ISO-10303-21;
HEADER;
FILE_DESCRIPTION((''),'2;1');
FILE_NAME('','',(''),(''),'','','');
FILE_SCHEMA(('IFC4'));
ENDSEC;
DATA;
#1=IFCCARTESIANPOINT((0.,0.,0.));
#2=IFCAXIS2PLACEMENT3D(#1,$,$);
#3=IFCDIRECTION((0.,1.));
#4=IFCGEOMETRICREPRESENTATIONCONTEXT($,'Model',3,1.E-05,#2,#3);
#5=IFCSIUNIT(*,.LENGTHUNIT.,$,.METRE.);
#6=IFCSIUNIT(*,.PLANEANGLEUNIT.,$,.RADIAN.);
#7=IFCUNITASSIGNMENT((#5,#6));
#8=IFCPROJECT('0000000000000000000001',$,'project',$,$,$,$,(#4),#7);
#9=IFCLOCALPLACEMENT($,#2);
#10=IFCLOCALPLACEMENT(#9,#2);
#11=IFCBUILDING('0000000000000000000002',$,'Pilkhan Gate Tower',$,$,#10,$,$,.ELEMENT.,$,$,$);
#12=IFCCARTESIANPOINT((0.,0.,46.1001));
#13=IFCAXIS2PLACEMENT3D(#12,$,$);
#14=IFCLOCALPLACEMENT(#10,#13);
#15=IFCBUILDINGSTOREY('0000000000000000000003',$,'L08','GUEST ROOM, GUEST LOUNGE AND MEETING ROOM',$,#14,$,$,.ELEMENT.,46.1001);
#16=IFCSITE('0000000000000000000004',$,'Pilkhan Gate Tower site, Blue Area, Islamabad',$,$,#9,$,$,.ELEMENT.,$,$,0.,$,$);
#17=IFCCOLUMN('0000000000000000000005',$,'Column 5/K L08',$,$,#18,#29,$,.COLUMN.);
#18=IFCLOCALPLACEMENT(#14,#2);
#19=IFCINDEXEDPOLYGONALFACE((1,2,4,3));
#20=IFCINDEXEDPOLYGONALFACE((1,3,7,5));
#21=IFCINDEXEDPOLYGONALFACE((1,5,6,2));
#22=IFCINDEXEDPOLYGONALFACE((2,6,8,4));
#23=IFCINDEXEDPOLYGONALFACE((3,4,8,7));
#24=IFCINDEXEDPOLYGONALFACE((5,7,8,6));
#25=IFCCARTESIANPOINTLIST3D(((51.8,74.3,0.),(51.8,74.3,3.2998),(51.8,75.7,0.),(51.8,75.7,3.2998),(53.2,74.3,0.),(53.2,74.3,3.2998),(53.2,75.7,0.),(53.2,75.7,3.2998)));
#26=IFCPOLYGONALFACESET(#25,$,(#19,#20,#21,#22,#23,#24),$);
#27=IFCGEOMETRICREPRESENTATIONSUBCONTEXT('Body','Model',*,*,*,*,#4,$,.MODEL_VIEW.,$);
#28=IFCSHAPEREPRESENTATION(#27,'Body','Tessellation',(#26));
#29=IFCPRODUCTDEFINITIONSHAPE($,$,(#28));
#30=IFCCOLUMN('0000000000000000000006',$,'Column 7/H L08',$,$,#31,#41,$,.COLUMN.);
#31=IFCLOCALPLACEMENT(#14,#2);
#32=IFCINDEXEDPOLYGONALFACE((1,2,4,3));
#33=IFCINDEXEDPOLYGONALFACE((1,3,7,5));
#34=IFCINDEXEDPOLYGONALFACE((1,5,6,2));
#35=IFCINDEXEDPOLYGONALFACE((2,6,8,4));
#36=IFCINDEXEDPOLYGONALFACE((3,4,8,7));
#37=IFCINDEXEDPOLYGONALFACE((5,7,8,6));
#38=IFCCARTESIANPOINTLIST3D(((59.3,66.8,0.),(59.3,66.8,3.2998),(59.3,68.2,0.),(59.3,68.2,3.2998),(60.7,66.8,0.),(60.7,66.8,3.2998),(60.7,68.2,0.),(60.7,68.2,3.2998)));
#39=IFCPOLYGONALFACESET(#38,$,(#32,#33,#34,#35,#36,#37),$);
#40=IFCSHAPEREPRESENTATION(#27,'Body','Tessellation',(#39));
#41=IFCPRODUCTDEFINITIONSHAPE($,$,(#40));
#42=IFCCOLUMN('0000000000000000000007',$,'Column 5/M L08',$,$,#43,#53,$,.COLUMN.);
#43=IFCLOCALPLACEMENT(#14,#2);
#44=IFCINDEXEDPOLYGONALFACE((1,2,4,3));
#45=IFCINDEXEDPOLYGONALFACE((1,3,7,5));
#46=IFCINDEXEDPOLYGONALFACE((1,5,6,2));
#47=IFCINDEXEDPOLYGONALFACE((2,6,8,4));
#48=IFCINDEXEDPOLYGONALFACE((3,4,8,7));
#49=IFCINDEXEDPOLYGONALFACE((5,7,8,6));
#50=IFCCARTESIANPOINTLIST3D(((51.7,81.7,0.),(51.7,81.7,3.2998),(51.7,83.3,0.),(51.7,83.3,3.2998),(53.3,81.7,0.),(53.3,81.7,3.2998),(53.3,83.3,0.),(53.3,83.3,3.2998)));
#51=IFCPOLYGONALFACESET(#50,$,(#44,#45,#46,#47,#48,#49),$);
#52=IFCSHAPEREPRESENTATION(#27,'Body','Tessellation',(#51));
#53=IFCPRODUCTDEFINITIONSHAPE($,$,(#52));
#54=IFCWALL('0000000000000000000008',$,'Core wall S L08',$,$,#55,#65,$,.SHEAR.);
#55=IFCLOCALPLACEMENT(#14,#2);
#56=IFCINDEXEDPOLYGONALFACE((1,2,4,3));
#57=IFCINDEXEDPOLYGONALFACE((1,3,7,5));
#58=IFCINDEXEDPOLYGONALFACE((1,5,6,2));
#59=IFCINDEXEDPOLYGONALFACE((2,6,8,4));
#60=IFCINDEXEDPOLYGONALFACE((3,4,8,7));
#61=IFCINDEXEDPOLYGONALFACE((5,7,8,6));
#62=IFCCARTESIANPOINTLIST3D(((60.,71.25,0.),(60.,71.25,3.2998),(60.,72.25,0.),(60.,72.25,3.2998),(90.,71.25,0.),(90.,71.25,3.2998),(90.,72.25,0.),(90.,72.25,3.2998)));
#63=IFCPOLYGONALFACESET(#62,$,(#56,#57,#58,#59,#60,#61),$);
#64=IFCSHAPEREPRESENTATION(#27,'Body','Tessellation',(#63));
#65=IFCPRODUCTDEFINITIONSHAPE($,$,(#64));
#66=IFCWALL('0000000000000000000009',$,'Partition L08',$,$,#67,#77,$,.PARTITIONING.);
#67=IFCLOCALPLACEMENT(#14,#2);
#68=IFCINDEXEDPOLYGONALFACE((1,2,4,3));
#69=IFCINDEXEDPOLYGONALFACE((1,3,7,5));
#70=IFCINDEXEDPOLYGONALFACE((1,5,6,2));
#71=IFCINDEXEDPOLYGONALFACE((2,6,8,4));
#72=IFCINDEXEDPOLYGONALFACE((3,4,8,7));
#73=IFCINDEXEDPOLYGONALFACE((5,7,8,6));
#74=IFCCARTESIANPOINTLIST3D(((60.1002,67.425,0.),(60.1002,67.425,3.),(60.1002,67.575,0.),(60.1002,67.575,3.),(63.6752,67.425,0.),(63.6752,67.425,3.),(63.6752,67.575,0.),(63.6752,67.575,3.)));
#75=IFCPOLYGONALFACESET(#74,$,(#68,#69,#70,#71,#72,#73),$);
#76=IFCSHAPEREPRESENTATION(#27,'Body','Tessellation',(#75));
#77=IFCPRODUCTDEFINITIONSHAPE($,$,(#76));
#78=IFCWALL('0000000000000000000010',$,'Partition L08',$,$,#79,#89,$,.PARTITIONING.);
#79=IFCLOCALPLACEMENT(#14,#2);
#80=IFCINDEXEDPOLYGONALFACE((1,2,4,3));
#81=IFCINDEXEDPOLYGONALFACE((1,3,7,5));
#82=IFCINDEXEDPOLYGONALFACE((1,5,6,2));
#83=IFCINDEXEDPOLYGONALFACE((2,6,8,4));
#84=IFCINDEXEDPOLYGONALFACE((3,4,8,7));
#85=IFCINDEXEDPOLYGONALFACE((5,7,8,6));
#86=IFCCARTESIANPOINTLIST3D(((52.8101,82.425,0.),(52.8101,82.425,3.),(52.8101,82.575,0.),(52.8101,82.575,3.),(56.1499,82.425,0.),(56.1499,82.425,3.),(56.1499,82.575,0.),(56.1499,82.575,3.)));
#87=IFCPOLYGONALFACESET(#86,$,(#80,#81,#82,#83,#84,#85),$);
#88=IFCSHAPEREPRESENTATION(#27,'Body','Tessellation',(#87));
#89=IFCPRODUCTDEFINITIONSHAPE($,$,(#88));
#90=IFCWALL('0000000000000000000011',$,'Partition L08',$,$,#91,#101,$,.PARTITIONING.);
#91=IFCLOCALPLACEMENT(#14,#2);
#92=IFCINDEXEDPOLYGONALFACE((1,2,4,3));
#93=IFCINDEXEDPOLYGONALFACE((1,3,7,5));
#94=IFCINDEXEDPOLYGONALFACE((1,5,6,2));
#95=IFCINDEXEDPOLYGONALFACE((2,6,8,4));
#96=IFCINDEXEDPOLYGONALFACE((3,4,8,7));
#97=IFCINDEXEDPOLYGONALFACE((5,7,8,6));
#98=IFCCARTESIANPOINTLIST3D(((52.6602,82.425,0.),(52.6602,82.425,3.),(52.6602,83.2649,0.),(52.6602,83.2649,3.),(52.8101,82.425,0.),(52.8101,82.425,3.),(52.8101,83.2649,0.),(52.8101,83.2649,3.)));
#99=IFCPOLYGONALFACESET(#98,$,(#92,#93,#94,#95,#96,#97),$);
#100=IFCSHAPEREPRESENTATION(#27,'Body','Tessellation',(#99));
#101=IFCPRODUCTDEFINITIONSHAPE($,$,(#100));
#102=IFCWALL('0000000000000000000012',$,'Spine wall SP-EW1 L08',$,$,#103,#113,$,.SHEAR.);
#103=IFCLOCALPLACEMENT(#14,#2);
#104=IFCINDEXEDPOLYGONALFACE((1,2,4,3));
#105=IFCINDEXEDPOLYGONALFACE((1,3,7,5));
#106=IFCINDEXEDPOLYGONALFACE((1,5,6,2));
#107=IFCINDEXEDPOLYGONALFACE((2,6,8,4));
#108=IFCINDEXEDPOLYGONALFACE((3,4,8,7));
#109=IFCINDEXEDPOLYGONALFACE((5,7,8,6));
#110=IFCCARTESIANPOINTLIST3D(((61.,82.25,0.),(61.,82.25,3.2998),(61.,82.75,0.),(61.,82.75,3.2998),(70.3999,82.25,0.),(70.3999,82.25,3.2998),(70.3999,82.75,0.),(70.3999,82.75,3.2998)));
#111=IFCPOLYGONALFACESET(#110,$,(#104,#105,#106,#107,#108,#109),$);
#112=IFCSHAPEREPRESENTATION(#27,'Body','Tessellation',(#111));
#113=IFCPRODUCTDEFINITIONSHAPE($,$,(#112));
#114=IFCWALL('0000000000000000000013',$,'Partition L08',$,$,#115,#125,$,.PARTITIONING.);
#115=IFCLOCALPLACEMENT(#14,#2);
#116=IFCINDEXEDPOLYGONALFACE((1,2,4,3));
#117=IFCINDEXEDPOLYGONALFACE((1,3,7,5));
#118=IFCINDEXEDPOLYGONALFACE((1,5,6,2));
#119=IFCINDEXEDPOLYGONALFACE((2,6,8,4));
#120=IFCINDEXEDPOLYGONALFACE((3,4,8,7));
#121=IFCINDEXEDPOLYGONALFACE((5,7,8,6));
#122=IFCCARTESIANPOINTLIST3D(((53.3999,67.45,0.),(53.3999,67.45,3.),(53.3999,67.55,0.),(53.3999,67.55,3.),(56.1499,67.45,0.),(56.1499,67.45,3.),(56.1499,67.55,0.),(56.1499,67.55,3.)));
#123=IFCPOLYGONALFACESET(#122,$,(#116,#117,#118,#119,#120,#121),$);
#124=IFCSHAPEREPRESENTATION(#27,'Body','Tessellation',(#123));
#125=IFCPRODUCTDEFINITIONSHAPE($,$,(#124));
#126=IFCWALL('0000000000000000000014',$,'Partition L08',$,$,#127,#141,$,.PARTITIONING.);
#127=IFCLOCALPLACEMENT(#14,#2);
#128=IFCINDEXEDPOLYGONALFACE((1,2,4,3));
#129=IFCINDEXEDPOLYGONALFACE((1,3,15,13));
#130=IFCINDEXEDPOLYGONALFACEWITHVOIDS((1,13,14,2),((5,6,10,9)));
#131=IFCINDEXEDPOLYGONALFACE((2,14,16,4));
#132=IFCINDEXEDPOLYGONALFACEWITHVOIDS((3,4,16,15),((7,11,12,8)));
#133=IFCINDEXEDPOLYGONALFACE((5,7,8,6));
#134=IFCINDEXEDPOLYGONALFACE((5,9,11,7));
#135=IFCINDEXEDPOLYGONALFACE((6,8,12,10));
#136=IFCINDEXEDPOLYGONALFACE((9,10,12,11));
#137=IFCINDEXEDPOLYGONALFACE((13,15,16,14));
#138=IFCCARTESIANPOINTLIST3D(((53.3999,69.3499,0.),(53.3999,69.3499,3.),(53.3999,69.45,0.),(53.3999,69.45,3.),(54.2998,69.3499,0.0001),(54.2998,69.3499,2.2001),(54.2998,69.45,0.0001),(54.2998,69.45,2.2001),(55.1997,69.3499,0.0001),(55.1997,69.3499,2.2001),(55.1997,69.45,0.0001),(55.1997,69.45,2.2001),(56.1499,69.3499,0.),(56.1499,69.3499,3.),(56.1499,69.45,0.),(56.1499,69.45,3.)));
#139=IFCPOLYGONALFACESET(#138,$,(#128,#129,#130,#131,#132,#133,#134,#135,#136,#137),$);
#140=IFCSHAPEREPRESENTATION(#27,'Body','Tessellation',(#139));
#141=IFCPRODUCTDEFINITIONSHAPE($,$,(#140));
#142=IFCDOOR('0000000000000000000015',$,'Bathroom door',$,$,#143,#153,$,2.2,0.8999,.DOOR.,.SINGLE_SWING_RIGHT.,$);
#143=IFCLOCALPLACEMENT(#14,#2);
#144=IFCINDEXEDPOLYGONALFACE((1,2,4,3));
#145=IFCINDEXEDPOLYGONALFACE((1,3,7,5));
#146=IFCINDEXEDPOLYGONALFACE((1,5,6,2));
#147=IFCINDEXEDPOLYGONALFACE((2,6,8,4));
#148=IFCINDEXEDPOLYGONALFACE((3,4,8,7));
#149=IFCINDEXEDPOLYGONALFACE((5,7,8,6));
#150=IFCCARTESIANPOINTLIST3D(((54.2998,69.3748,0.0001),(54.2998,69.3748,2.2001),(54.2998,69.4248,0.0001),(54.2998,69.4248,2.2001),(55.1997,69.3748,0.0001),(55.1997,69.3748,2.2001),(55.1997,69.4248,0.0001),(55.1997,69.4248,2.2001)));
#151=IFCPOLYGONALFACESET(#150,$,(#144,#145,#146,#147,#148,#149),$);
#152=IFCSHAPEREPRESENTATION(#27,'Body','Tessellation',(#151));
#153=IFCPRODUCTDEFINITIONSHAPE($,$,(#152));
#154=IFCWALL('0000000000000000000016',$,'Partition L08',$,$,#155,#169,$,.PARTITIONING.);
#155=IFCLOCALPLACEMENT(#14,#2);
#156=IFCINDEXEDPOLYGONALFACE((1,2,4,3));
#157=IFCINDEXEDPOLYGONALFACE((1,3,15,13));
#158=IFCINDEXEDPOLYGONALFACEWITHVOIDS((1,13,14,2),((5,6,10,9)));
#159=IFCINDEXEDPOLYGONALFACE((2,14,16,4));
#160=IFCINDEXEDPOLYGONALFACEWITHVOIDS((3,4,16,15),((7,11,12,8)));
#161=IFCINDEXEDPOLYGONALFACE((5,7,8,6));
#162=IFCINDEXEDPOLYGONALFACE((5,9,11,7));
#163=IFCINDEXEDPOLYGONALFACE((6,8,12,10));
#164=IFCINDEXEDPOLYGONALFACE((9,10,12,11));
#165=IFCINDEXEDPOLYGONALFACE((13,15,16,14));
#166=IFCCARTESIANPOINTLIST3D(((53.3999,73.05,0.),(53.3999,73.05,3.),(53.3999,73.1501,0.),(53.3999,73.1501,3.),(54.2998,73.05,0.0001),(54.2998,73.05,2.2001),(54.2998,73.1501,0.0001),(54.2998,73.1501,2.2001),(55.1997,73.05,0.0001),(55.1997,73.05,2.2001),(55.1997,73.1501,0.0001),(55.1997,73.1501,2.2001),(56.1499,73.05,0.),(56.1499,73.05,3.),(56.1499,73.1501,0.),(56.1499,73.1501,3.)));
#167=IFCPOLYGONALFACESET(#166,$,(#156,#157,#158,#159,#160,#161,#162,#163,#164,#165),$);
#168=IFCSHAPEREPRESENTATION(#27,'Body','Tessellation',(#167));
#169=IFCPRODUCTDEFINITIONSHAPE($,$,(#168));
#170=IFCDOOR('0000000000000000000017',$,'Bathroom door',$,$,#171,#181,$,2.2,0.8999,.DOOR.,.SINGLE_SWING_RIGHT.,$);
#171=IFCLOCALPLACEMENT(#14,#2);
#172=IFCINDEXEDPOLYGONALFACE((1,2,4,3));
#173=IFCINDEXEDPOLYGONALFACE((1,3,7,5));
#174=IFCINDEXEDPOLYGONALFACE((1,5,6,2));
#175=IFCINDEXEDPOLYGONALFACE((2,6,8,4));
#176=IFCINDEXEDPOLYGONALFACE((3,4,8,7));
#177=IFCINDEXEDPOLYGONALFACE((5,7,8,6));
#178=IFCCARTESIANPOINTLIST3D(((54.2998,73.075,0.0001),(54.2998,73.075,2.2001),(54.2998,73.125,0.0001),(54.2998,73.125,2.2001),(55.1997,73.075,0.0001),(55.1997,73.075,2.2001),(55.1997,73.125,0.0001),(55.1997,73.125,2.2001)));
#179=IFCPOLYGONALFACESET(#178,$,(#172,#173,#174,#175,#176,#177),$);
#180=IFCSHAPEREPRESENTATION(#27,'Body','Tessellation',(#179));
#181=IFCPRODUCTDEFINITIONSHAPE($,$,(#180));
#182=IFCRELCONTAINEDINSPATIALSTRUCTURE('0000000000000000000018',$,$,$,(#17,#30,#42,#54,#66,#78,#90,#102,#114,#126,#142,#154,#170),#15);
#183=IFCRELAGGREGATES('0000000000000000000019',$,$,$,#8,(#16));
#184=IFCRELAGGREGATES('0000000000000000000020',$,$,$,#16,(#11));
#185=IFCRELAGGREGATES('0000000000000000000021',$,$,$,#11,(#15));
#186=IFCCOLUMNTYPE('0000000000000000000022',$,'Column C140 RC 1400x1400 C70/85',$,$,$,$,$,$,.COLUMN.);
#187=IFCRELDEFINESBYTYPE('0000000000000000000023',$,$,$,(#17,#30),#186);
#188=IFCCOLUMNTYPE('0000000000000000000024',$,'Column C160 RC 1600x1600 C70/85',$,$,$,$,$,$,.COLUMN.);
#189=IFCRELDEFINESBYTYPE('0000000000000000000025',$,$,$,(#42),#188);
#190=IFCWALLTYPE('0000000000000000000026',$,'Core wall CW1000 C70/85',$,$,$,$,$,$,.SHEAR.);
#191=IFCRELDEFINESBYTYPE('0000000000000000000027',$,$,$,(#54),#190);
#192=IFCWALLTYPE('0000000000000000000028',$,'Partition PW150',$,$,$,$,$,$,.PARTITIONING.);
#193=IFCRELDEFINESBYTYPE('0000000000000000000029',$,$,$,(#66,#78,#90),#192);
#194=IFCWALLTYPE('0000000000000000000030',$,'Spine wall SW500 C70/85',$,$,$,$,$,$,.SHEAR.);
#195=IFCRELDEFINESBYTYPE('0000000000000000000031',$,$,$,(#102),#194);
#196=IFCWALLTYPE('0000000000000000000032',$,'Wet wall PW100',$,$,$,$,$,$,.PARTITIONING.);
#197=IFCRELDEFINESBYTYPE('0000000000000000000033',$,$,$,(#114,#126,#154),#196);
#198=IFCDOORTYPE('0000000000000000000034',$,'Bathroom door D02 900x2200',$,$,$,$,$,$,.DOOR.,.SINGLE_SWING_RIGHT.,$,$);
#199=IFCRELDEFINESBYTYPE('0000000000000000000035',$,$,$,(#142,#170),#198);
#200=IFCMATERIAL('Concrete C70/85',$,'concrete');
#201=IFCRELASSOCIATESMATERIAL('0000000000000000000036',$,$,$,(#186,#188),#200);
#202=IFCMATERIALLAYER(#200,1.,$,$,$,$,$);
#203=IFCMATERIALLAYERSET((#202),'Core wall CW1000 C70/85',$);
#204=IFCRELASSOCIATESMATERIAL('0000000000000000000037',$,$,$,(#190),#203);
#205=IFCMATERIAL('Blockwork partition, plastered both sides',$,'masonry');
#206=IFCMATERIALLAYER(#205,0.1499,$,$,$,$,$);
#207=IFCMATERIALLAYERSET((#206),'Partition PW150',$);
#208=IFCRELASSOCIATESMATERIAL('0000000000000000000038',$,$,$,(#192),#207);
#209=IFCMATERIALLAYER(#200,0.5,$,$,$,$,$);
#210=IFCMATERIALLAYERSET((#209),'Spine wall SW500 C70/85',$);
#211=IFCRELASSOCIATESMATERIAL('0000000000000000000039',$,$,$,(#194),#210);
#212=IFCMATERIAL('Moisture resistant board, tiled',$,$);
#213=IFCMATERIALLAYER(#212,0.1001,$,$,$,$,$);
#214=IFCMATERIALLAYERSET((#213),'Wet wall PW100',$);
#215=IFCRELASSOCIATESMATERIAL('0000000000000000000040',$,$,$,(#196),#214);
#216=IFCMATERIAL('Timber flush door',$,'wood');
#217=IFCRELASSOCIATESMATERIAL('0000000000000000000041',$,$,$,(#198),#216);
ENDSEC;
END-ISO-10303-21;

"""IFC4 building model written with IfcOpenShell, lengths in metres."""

from ifc_helpers import new_model, si_unit, direction, frame, frame_2d, origin, origin_2d, place, context, subcontext, project, spatial, rectangle, extrude, material, layer, layer_set, material_profile, profile_set, type_object, element, fill, save


model = new_model("IFC4")

# Units and contexts
model_context = context("Model", 3, precision=1e-05, world=origin(), true_north=direction((0.0, 1.0)))
body_context = subcontext(model_context, "Body", "Model", "MODEL_VIEW")
ifc_project = project(units=[si_unit("LENGTHUNIT", "METRE"), si_unit("PLANEANGLEUNIT", "RADIAN")], contexts=[model_context])

# Site, building, storey
site_placement = place(None, origin())
site = spatial("IfcSite", under=ifc_project, at=site_placement, Name="Pilkhan Gate Tower site, Blue Area, Islamabad", CompositionType="ELEMENT", RefElevation=0.0)
building_placement = place(site_placement, origin())
building = spatial("IfcBuilding", under=site, at=building_placement, Name="Pilkhan Gate Tower", CompositionType="ELEMENT")
storey_placement = place(building_placement, frame((0.0, 0.0, 46.1001)))
storey = spatial("IfcBuildingStorey", under=building, at=storey_placement, Name="L08", Description="GUEST ROOM, GUEST LOUNGE AND MEETING ROOM", CompositionType="ELEMENT", Elevation=46.1001)

# Columns
ifc_material_1 = material(Name="Concrete C70/85", Category="concrete")
ifc_material_profile_1 = material_profile(ifc_material_1, rectangle(XDim=1.3999, YDim=1.3999, at=origin_2d()), Name="RC 1400x1400")
ifc_profile_set_1 = profile_set([ifc_material_profile_1], Name="Concrete C70/85")
column_type_1 = type_object("IfcColumnType", Name="Column C140 RC 1400x1400 C70/85", PredefinedType="COLUMN", material=ifc_profile_set_1)
for number, where, z_axis, x_axis, name in (
    (1, (52.5, 75.0, 0.0), (0.0, 0.0, 1.0), (1.0, 0.0, 0.0), "Column 5/K L08"),
    (2, (60.0, 67.5, 0.0), (0.0, 0.0, 1.0), (1.0, 0.0, 0.0), "Column 7/H L08"),
):
    element("IfcColumn", number, at=place(storey_placement, frame(where, z_axis=z_axis, x_axis=x_axis)), inside=storey, type_object=column_type_1, Name=name, PredefinedType="COLUMN", context=body_context, shape_type="SweptSolid", body=[
        extrude(rectangle(XDim=1.3999, YDim=1.3999, at=origin_2d()), origin(), (0.0, 0.0, 1.0), 3.2998),
    ])
ifc_material_profile_2 = material_profile(ifc_material_1, rectangle(XDim=1.6001, YDim=1.6001, at=origin_2d()), Name="RC 1600x1600")
ifc_profile_set_2 = profile_set([ifc_material_profile_2], Name="Concrete C70/85")
column_type_2 = type_object("IfcColumnType", Name="Column C160 RC 1600x1600 C70/85", PredefinedType="COLUMN", material=ifc_profile_set_2)
column_placement = place(storey_placement, frame((52.5, 82.5, 0.0), z_axis=(0.0, 0.0, 1.0), x_axis=(1.0, 0.0, 0.0)))
element("IfcColumn", 3, at=column_placement, inside=storey, type_object=column_type_2, Name="Column 5/M L08", PredefinedType="COLUMN", context=body_context, shape_type="SweptSolid", body=[
    extrude(rectangle(XDim=1.6001, YDim=1.6001, at=origin_2d()), origin(), (0.0, 0.0, 1.0), 3.2998),
])

# Walls
ifc_layer_1 = layer(ifc_material_1, 1.0)
ifc_layer_set_1 = layer_set([ifc_layer_1], Name="Core wall CW1000 C70/85")
wall_type_1 = type_object("IfcWallType", Name="Core wall CW1000 C70/85", PredefinedType="SHEAR", material=ifc_layer_set_1)
wall_1_placement = place(storey_placement, frame((60.0, 71.75, 0.0), z_axis=(0.0, 0.0, 1.0), x_axis=(1.0, 0.0, 0.0)))
element("IfcWall", 4, at=wall_1_placement, inside=storey, type_object=wall_type_1, Name="Core wall S L08", PredefinedType="SHEAR", context=body_context, shape_type="SweptSolid", body=[
    extrude(rectangle(XDim=30.0, YDim=1.0, at=frame_2d((15.0, 0.0))), origin(), (0.0, 0.0, 1.0), 3.2998),
])
ifc_material_2 = material(Name="Blockwork partition, plastered both sides", Category="masonry")
ifc_layer_2 = layer(ifc_material_2, 0.1499)
ifc_layer_set_2 = layer_set([ifc_layer_2], Name="Partition PW150")
wall_type_2 = type_object("IfcWallType", Name="Partition PW150", PredefinedType="PARTITIONING", material=ifc_layer_set_2)
wall_2_placement = place(storey_placement, frame((60.1001, 67.5, 0.0), z_axis=(0.0, 0.0, 1.0), x_axis=(1.0, 0.0, 0.0)))
element("IfcWall", 5, at=wall_2_placement, inside=storey, type_object=wall_type_2, Name="Partition L08", PredefinedType="PARTITIONING", context=body_context, shape_type="SweptSolid", body=[
    extrude(rectangle(XDim=3.575, YDim=0.1499, at=frame_2d((1.7876, 0.0))), origin(), (0.0, 0.0, 1.0), 3.0),
])
wall_3_placement = place(storey_placement, frame((52.8101, 82.5, 0.0), z_axis=(0.0, 0.0, 1.0), x_axis=(1.0, 0.0, 0.0)))
element("IfcWall", 6, at=wall_3_placement, inside=storey, type_object=wall_type_2, Name="Partition L08", PredefinedType="PARTITIONING", context=body_context, shape_type="SweptSolid", body=[
    extrude(rectangle(XDim=3.3398, YDim=0.1499, at=frame_2d((1.6699, 0.0))), origin(), (0.0, 0.0, 1.0), 3.0),
])
wall_4_placement = place(storey_placement, frame((52.7351, 82.425, 0.0), z_axis=(0.0, 0.0, 1.0), x_axis=(0.0, 1.0, 0.0)))
element("IfcWall", 7, at=wall_4_placement, inside=storey, type_object=wall_type_2, Name="Partition L08", PredefinedType="PARTITIONING", context=body_context, shape_type="SweptSolid", body=[
    extrude(rectangle(XDim=0.8398, YDim=0.1499, at=frame_2d((0.4199, 0.0))), origin(), (0.0, 0.0, 1.0), 3.0),
])
ifc_layer_3 = layer(ifc_material_1, 0.5)
ifc_layer_set_3 = layer_set([ifc_layer_3], Name="Spine wall SW500 C70/85")
wall_type_3 = type_object("IfcWallType", Name="Spine wall SW500 C70/85", PredefinedType="SHEAR", material=ifc_layer_set_3)
wall_5_placement = place(storey_placement, frame((61.0, 82.5, 0.0), z_axis=(0.0, 0.0, 1.0), x_axis=(1.0, 0.0, 0.0)))
element("IfcWall", 8, at=wall_5_placement, inside=storey, type_object=wall_type_3, Name="Spine wall SP-EW1 L08", PredefinedType="SHEAR", context=body_context, shape_type="SweptSolid", body=[
    extrude(rectangle(XDim=9.3999, YDim=0.5, at=frame_2d((4.7, 0.0))), origin(), (0.0, 0.0, 1.0), 3.2998),
])
ifc_material_3 = material(Name="Moisture resistant board, tiled")
ifc_layer_4 = layer(ifc_material_3, 0.1001)
ifc_layer_set_4 = layer_set([ifc_layer_4], Name="Wet wall PW100")
wall_type_4 = type_object("IfcWallType", Name="Wet wall PW100", PredefinedType="PARTITIONING", material=ifc_layer_set_4)
wall_6_placement = place(storey_placement, frame((53.3999, 67.5, 0.0), z_axis=(0.0, 0.0, 1.0), x_axis=(1.0, 0.0, 0.0)))
element("IfcWall", 9, at=wall_6_placement, inside=storey, type_object=wall_type_4, Name="Partition L08", PredefinedType="PARTITIONING", context=body_context, shape_type="SweptSolid", body=[
    extrude(rectangle(XDim=2.75, YDim=0.1001, at=frame_2d((1.375, 0.0))), origin(), (0.0, 0.0, 1.0), 3.0),
])

# Walls, openings, doors
wall_7_placement = place(storey_placement, frame((53.3999, 69.3999, 0.0), z_axis=(0.0, 0.0, 1.0), x_axis=(1.0, 0.0, 0.0)))
wall_7 = element("IfcWall", 10, at=wall_7_placement, inside=storey, type_object=wall_type_4, Name="Partition L08", PredefinedType="PARTITIONING", context=body_context, shape_type="SweptSolid", body=[
    extrude(rectangle(XDim=2.75, YDim=0.1001, at=frame_2d((1.375, 0.0))), origin(), (0.0, 0.0, 1.0), 3.0),
])
opening_1_placement = place(wall_7_placement, frame((0.8999, 0.0, 0.0)))
opening_1 = element("IfcOpeningElement", 11, at=opening_1_placement, cuts=wall_7, PredefinedType="OPENING", context=body_context, shape_type="SweptSolid", body=[
    extrude(rectangle(XDim=0.8999, YDim=2.2, at=frame_2d((0.45, 1.1001))), frame((0.0, 0.0601, 0.0), z_axis=(0.0, -1.0, 0.0), x_axis=(1.0, 0.0, 0.0)), (0.0, 0.0, 1.0), 0.1201),
])
ifc_material_4 = material(Name="Timber flush door", Category="wood")
door_type = type_object("IfcDoorType", Name="Bathroom door D02 900x2200", OperationType="SINGLE_SWING_RIGHT", PredefinedType="DOOR", material=ifc_material_4)
door_1_placement = place(opening_1_placement, origin())
door_1 = element("IfcDoor", 12, at=door_1_placement, inside=storey, type_object=door_type, Name="Bathroom door", OperationType="SINGLE_SWING_RIGHT", OverallHeight=2.2, OverallWidth=0.8999, PredefinedType="DOOR", context=body_context, shape_type="SweptSolid", body=[
    extrude(rectangle(XDim=0.8999, YDim=2.2, at=frame_2d((0.45, 1.1001))), frame((0.0, 0.0249, 0.0), z_axis=(0.0, -1.0, 0.0), x_axis=(1.0, 0.0, 0.0)), (0.0, 0.0, 1.0), 0.05),
])
fill(opening_1, door_1)
wall_8_placement = place(storey_placement, frame((53.3999, 73.1001, 0.0), z_axis=(0.0, 0.0, 1.0), x_axis=(1.0, 0.0, 0.0)))
wall_8 = element("IfcWall", 13, at=wall_8_placement, inside=storey, type_object=wall_type_4, Name="Partition L08", PredefinedType="PARTITIONING", context=body_context, shape_type="SweptSolid", body=[
    extrude(rectangle(XDim=2.75, YDim=0.1001, at=frame_2d((1.375, 0.0))), origin(), (0.0, 0.0, 1.0), 3.0),
])
opening_2_placement = place(wall_8_placement, frame((0.8999, 0.0, 0.0)))
opening_2 = element("IfcOpeningElement", 14, at=opening_2_placement, cuts=wall_8, PredefinedType="OPENING", context=body_context, shape_type="SweptSolid", body=[
    extrude(rectangle(XDim=0.8999, YDim=2.2, at=frame_2d((0.45, 1.1001))), frame((0.0, 0.0601, 0.0), z_axis=(0.0, -1.0, 0.0), x_axis=(1.0, 0.0, 0.0)), (0.0, 0.0, 1.0), 0.1201),
])
door_2_placement = place(opening_2_placement, origin())
door_2 = element("IfcDoor", 15, at=door_2_placement, inside=storey, type_object=door_type, Name="Bathroom door", OperationType="SINGLE_SWING_RIGHT", OverallHeight=2.2, OverallWidth=0.8999, PredefinedType="DOOR", context=body_context, shape_type="SweptSolid", body=[
    extrude(rectangle(XDim=0.8999, YDim=2.2, at=frame_2d((0.45, 1.1001))), frame((0.0, 0.0249, 0.0), z_axis=(0.0, -1.0, 0.0), x_axis=(1.0, 0.0, 0.0)), (0.0, 0.0, 1.0), 0.05),
])
fill(opening_2, door_2)

save(model, "model.ifc")
